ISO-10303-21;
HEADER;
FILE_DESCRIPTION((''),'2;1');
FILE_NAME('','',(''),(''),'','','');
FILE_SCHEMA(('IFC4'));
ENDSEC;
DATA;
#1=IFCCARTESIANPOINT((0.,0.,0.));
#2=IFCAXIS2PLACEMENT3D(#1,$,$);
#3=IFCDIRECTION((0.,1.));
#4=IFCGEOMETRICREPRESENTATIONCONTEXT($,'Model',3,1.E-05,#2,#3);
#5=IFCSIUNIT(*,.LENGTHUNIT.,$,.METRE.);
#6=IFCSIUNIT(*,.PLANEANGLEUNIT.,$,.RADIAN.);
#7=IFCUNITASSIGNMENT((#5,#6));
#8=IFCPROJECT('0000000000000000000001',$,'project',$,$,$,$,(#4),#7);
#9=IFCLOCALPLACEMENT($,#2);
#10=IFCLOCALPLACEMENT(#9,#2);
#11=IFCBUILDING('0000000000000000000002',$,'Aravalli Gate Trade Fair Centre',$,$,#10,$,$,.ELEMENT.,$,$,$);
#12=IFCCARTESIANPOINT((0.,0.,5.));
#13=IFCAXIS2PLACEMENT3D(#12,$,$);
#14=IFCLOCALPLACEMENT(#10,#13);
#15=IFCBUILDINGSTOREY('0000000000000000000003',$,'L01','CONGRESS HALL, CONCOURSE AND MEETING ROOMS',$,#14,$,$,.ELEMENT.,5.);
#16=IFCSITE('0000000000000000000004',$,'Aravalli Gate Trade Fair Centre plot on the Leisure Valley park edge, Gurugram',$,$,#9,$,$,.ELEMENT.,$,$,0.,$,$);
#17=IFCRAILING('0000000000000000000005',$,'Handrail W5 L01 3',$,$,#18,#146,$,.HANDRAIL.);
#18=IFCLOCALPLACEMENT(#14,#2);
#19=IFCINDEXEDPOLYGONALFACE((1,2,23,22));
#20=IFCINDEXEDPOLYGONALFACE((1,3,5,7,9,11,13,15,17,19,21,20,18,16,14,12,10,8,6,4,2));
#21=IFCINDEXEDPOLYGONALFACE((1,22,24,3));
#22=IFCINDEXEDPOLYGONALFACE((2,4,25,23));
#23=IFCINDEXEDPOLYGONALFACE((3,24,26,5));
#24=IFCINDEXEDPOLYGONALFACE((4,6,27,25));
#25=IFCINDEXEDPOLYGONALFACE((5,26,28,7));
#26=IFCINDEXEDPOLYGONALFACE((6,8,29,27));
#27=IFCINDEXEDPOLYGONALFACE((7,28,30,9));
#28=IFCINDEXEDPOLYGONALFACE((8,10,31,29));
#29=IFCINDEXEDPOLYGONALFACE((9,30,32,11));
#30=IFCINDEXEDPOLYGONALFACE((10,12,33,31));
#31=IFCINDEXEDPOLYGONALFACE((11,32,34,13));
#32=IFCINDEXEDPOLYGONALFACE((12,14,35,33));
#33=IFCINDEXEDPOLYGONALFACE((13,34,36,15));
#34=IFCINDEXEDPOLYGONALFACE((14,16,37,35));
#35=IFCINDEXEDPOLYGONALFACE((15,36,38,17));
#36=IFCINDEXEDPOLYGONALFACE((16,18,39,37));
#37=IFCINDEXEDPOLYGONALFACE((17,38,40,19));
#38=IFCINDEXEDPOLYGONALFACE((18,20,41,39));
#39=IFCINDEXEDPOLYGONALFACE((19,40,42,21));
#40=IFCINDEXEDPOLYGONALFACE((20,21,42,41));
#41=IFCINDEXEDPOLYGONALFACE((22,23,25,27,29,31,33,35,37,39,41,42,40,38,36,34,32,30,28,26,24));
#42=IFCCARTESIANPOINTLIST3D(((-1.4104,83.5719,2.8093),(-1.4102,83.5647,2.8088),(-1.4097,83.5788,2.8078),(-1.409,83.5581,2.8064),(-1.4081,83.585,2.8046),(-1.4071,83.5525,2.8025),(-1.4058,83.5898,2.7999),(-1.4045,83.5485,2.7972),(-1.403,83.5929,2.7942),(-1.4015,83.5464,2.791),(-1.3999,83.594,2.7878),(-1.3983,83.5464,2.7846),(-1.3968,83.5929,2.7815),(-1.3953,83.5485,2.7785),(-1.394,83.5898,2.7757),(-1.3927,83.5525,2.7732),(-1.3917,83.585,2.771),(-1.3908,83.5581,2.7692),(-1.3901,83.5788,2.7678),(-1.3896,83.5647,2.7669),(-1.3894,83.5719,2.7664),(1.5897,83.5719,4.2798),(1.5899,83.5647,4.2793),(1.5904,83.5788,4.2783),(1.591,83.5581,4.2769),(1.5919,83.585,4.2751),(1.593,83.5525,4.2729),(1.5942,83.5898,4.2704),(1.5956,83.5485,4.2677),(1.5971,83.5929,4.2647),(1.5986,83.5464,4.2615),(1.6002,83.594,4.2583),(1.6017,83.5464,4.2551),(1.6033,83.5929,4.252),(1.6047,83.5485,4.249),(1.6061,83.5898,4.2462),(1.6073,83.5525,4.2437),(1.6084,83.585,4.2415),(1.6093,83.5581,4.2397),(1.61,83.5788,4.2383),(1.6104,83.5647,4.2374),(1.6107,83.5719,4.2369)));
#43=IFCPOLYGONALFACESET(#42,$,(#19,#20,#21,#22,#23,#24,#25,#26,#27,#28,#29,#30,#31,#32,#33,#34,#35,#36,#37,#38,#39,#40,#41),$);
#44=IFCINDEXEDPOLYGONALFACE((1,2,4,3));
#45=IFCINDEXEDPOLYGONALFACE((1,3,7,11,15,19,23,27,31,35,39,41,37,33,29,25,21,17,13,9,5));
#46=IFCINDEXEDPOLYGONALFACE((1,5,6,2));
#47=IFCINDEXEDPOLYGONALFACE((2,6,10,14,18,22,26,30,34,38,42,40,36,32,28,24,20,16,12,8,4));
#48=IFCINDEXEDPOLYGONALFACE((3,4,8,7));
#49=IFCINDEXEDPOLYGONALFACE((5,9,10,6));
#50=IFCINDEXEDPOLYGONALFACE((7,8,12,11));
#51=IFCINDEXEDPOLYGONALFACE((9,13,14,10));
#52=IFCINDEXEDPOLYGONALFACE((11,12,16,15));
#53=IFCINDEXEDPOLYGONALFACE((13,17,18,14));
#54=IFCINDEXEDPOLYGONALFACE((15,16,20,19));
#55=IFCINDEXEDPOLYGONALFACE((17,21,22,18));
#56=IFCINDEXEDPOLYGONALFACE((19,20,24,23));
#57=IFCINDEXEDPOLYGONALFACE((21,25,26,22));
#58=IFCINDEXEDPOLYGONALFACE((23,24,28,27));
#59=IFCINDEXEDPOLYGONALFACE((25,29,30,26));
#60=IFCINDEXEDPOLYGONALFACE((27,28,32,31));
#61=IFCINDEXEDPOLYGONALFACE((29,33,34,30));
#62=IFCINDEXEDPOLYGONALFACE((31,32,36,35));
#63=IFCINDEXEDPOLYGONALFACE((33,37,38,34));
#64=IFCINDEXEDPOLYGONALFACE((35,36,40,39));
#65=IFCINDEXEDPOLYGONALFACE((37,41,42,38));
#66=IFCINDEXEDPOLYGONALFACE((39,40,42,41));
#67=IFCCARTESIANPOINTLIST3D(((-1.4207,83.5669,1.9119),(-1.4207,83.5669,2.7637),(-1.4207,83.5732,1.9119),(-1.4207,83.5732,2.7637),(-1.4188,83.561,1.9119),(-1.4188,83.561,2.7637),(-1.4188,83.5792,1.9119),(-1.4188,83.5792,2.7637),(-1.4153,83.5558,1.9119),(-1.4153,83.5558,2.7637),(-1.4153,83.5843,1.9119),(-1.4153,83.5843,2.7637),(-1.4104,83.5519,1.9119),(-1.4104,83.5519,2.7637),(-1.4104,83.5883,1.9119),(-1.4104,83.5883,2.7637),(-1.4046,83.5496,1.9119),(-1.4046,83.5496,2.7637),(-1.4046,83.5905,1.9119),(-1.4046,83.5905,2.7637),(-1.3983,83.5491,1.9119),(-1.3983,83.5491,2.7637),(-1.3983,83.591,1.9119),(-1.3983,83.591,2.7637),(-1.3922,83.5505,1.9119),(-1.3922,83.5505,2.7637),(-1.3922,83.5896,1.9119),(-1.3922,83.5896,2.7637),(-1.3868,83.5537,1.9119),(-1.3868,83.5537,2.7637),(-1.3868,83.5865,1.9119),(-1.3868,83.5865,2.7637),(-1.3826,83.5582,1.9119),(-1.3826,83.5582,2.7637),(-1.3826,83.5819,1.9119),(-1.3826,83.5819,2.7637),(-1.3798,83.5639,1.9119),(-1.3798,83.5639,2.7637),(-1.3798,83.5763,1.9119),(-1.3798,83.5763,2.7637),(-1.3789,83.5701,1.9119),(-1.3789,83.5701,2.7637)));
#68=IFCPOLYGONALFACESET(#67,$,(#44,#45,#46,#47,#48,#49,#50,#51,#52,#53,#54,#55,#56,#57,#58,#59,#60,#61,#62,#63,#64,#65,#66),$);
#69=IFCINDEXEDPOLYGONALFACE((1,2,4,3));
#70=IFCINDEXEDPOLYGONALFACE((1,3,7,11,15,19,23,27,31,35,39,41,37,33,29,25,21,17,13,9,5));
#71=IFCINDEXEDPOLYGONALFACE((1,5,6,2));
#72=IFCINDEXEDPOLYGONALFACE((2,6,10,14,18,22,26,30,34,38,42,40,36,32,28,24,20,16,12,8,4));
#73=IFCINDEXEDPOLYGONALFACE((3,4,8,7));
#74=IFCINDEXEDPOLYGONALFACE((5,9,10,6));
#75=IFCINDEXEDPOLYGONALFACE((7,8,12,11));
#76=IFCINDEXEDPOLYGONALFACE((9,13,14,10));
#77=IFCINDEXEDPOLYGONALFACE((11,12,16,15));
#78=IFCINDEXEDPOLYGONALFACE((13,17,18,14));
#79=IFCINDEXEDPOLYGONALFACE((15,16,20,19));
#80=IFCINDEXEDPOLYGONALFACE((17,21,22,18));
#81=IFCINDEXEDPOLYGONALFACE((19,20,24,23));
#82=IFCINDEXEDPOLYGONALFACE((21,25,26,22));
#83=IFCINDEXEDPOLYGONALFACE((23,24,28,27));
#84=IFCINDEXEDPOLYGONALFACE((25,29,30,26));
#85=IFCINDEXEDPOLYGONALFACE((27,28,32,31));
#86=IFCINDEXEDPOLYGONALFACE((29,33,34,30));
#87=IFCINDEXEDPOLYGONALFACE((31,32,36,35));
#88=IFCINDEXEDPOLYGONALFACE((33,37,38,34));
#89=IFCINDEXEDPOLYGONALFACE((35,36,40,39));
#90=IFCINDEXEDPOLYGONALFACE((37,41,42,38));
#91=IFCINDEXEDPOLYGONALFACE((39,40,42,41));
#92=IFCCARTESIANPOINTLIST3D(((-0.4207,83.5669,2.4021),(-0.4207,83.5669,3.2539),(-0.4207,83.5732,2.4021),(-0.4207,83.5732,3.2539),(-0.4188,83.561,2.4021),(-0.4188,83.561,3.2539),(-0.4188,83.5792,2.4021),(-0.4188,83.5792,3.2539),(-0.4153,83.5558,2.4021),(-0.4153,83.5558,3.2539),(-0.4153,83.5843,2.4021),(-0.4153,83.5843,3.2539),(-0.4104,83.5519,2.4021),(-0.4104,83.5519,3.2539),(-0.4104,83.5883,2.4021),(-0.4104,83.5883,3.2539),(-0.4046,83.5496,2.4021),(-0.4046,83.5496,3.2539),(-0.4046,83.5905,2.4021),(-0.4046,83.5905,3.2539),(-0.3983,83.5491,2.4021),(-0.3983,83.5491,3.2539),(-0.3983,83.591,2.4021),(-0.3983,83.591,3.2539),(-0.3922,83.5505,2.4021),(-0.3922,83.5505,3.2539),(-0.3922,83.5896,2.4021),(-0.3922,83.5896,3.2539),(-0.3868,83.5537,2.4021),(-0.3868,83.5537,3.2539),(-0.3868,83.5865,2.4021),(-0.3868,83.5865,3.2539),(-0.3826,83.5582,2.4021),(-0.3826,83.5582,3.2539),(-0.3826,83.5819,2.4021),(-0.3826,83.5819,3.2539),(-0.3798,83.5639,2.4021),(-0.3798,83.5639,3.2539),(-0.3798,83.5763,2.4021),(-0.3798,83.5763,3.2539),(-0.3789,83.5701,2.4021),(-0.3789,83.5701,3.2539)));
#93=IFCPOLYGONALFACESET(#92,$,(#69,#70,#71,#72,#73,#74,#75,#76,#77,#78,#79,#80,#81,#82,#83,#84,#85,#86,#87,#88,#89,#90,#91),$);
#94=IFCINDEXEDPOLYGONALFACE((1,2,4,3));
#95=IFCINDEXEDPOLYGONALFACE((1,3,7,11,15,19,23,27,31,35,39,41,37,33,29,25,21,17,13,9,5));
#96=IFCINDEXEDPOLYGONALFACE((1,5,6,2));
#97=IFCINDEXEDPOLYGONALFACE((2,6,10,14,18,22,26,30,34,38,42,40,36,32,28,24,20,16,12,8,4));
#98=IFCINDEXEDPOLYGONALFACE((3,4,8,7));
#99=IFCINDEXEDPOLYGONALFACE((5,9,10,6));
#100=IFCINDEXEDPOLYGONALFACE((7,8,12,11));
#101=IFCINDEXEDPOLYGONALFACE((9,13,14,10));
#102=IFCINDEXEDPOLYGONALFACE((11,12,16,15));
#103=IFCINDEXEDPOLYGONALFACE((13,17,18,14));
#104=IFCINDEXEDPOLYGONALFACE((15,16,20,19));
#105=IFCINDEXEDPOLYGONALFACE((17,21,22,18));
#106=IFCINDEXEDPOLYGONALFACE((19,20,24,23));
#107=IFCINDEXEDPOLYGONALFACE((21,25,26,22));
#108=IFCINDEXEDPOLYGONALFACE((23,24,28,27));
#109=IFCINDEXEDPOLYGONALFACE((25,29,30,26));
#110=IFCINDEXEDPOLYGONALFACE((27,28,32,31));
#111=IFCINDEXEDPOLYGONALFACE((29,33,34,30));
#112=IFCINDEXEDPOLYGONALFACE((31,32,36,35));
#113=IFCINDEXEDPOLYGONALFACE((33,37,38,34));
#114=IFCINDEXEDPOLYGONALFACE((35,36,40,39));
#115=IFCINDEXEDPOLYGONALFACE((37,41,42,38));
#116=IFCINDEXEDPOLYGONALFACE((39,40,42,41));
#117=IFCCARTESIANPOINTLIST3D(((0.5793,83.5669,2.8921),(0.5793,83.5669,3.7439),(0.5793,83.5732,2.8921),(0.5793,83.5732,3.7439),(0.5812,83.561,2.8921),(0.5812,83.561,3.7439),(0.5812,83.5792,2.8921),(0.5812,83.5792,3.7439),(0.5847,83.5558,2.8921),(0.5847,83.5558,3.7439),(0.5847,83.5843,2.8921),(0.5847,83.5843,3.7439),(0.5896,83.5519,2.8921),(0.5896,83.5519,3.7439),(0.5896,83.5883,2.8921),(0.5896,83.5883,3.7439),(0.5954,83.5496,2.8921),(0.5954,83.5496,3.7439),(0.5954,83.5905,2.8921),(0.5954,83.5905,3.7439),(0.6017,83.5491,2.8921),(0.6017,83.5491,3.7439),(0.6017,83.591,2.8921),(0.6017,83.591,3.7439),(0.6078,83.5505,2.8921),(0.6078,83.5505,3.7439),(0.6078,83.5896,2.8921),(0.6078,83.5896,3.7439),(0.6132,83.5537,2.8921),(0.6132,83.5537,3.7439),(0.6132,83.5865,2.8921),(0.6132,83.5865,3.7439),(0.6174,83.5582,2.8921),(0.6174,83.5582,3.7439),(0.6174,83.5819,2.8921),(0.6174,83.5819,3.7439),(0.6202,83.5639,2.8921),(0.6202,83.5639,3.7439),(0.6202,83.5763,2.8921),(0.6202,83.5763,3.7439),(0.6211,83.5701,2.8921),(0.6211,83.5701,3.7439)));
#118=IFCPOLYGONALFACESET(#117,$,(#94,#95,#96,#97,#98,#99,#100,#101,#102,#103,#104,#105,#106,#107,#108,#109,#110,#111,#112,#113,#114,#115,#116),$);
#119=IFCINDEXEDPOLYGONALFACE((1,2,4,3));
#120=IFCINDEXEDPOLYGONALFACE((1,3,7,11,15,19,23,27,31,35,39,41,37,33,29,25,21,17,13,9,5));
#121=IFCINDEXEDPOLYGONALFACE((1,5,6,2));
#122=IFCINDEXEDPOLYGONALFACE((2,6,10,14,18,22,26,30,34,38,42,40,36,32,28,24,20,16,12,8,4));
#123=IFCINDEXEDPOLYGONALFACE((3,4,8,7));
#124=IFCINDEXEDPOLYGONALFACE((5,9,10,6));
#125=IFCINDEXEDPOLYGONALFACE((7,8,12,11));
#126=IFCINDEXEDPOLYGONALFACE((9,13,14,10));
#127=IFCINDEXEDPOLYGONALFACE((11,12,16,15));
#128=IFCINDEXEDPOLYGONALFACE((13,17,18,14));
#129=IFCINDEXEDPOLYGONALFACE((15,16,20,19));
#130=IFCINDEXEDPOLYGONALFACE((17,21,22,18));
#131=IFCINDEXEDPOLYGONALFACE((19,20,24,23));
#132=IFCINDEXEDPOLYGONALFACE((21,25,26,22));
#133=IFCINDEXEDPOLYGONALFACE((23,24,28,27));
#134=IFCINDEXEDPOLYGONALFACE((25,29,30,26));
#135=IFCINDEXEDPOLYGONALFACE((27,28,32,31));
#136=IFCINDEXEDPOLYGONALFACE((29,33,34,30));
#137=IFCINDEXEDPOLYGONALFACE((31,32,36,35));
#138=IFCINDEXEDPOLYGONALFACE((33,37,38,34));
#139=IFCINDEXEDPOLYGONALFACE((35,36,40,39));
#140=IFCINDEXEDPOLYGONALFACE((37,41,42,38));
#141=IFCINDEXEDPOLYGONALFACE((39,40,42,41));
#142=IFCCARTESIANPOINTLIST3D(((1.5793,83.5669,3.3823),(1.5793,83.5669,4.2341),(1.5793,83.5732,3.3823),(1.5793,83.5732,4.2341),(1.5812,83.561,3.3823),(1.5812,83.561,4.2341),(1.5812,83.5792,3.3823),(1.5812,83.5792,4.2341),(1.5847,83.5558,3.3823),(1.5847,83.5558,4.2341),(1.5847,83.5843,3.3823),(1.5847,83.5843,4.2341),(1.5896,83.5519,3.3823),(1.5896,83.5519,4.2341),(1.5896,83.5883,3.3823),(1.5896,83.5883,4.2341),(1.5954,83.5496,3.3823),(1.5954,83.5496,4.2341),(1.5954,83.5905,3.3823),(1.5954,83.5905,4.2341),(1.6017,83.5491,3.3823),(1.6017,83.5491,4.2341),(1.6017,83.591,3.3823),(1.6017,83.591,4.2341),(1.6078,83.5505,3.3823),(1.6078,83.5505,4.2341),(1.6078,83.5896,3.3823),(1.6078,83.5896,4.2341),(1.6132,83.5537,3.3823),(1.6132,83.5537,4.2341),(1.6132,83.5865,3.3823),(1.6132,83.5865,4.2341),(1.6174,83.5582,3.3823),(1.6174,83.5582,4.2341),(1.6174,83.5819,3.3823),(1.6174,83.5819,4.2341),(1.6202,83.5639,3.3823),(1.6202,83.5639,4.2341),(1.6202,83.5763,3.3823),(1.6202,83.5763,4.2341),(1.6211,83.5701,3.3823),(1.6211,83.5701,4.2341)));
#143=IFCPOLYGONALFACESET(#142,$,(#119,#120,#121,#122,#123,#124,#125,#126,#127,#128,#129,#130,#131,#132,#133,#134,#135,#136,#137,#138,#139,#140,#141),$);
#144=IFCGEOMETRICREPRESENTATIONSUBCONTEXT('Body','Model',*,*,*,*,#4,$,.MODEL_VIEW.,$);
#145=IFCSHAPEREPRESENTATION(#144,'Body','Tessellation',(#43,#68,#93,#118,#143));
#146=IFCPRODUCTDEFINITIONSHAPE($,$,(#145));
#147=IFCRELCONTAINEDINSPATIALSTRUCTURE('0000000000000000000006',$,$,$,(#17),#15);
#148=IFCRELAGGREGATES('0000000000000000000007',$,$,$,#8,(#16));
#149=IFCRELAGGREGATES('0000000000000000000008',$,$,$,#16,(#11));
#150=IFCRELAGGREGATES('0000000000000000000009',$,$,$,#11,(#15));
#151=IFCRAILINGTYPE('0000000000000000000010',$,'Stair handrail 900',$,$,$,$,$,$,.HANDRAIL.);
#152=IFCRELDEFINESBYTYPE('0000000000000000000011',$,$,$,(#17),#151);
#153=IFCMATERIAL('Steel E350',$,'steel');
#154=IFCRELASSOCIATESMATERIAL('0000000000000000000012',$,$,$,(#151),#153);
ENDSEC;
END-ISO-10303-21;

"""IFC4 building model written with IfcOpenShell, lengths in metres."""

from ifc_helpers import new_model, si_unit, direction, frame, origin, origin_2d, place, context, subcontext, project, spatial, circle, extrude, material, type_object, element, save


model = new_model("IFC4")

# Units and contexts
model_context = context("Model", 3, precision=1e-05, world=origin(), true_north=direction((0.0, 1.0)))
body_context = subcontext(model_context, "Body", "Model", "MODEL_VIEW")
ifc_project = project(units=[si_unit("LENGTHUNIT", "METRE"), si_unit("PLANEANGLEUNIT", "RADIAN")], contexts=[model_context])

# Site, building, storey
site_placement = place(None, origin())
site = spatial("IfcSite", under=ifc_project, at=site_placement, Name="Aravalli Gate Trade Fair Centre plot on the Leisure Valley park edge, Gurugram", CompositionType="ELEMENT", RefElevation=0.0)
building_placement = place(site_placement, origin())
building = spatial("IfcBuilding", under=site, at=building_placement, Name="Aravalli Gate Trade Fair Centre", CompositionType="ELEMENT")
storey_placement = place(building_placement, frame((0.0, 0.0, 5.0)))
storey = spatial("IfcBuildingStorey", under=building, at=storey_placement, Name="L01", Description="CONGRESS HALL, CONCOURSE AND MEETING ROOMS", CompositionType="ELEMENT", Elevation=5.0)

# Railing
ifc_material_1 = material(Name="Steel E350", Category="steel")
railing_type = type_object("IfcRailingType", Name="Stair handrail 900", PredefinedType="HANDRAIL", material=ifc_material_1)
for number, where, name in (
    (1, (-1.3999, 83.5701, 1.9119), "Handrail W5 L01 3"),
):
    element("IfcRailing", number, at=place(storey_placement, frame(where)), inside=storey, type_object=railing_type, Name=name, PredefinedType="HANDRAIL", context=body_context, shape_type="SweptSolid", body=[
        extrude(circle(Radius=0.0239, at=origin_2d()), frame((0.0, 0.0, 0.876), z_axis=(0.897936, 0.0, 0.440126), x_axis=(0.0, 1.0, 0.0)), (0.0, 0.0, 1.0), 3.3411),
        extrude(circle(Radius=0.021, at=origin_2d()), origin(), (0.0, 0.0, 1.0), 0.8518),
        extrude(circle(Radius=0.021, at=origin_2d()), frame((1.0, 0.0, 0.4902)), (0.0, 0.0, 1.0), 0.8518),
        extrude(circle(Radius=0.021, at=origin_2d()), frame((2.0, 0.0, 0.9802)), (0.0, 0.0, 1.0), 0.8518),
        extrude(circle(Radius=0.021, at=origin_2d()), frame((3.0, 0.0, 1.4705)), (0.0, 0.0, 1.0), 0.8518),
    ])

save(model, "model.ifc")
